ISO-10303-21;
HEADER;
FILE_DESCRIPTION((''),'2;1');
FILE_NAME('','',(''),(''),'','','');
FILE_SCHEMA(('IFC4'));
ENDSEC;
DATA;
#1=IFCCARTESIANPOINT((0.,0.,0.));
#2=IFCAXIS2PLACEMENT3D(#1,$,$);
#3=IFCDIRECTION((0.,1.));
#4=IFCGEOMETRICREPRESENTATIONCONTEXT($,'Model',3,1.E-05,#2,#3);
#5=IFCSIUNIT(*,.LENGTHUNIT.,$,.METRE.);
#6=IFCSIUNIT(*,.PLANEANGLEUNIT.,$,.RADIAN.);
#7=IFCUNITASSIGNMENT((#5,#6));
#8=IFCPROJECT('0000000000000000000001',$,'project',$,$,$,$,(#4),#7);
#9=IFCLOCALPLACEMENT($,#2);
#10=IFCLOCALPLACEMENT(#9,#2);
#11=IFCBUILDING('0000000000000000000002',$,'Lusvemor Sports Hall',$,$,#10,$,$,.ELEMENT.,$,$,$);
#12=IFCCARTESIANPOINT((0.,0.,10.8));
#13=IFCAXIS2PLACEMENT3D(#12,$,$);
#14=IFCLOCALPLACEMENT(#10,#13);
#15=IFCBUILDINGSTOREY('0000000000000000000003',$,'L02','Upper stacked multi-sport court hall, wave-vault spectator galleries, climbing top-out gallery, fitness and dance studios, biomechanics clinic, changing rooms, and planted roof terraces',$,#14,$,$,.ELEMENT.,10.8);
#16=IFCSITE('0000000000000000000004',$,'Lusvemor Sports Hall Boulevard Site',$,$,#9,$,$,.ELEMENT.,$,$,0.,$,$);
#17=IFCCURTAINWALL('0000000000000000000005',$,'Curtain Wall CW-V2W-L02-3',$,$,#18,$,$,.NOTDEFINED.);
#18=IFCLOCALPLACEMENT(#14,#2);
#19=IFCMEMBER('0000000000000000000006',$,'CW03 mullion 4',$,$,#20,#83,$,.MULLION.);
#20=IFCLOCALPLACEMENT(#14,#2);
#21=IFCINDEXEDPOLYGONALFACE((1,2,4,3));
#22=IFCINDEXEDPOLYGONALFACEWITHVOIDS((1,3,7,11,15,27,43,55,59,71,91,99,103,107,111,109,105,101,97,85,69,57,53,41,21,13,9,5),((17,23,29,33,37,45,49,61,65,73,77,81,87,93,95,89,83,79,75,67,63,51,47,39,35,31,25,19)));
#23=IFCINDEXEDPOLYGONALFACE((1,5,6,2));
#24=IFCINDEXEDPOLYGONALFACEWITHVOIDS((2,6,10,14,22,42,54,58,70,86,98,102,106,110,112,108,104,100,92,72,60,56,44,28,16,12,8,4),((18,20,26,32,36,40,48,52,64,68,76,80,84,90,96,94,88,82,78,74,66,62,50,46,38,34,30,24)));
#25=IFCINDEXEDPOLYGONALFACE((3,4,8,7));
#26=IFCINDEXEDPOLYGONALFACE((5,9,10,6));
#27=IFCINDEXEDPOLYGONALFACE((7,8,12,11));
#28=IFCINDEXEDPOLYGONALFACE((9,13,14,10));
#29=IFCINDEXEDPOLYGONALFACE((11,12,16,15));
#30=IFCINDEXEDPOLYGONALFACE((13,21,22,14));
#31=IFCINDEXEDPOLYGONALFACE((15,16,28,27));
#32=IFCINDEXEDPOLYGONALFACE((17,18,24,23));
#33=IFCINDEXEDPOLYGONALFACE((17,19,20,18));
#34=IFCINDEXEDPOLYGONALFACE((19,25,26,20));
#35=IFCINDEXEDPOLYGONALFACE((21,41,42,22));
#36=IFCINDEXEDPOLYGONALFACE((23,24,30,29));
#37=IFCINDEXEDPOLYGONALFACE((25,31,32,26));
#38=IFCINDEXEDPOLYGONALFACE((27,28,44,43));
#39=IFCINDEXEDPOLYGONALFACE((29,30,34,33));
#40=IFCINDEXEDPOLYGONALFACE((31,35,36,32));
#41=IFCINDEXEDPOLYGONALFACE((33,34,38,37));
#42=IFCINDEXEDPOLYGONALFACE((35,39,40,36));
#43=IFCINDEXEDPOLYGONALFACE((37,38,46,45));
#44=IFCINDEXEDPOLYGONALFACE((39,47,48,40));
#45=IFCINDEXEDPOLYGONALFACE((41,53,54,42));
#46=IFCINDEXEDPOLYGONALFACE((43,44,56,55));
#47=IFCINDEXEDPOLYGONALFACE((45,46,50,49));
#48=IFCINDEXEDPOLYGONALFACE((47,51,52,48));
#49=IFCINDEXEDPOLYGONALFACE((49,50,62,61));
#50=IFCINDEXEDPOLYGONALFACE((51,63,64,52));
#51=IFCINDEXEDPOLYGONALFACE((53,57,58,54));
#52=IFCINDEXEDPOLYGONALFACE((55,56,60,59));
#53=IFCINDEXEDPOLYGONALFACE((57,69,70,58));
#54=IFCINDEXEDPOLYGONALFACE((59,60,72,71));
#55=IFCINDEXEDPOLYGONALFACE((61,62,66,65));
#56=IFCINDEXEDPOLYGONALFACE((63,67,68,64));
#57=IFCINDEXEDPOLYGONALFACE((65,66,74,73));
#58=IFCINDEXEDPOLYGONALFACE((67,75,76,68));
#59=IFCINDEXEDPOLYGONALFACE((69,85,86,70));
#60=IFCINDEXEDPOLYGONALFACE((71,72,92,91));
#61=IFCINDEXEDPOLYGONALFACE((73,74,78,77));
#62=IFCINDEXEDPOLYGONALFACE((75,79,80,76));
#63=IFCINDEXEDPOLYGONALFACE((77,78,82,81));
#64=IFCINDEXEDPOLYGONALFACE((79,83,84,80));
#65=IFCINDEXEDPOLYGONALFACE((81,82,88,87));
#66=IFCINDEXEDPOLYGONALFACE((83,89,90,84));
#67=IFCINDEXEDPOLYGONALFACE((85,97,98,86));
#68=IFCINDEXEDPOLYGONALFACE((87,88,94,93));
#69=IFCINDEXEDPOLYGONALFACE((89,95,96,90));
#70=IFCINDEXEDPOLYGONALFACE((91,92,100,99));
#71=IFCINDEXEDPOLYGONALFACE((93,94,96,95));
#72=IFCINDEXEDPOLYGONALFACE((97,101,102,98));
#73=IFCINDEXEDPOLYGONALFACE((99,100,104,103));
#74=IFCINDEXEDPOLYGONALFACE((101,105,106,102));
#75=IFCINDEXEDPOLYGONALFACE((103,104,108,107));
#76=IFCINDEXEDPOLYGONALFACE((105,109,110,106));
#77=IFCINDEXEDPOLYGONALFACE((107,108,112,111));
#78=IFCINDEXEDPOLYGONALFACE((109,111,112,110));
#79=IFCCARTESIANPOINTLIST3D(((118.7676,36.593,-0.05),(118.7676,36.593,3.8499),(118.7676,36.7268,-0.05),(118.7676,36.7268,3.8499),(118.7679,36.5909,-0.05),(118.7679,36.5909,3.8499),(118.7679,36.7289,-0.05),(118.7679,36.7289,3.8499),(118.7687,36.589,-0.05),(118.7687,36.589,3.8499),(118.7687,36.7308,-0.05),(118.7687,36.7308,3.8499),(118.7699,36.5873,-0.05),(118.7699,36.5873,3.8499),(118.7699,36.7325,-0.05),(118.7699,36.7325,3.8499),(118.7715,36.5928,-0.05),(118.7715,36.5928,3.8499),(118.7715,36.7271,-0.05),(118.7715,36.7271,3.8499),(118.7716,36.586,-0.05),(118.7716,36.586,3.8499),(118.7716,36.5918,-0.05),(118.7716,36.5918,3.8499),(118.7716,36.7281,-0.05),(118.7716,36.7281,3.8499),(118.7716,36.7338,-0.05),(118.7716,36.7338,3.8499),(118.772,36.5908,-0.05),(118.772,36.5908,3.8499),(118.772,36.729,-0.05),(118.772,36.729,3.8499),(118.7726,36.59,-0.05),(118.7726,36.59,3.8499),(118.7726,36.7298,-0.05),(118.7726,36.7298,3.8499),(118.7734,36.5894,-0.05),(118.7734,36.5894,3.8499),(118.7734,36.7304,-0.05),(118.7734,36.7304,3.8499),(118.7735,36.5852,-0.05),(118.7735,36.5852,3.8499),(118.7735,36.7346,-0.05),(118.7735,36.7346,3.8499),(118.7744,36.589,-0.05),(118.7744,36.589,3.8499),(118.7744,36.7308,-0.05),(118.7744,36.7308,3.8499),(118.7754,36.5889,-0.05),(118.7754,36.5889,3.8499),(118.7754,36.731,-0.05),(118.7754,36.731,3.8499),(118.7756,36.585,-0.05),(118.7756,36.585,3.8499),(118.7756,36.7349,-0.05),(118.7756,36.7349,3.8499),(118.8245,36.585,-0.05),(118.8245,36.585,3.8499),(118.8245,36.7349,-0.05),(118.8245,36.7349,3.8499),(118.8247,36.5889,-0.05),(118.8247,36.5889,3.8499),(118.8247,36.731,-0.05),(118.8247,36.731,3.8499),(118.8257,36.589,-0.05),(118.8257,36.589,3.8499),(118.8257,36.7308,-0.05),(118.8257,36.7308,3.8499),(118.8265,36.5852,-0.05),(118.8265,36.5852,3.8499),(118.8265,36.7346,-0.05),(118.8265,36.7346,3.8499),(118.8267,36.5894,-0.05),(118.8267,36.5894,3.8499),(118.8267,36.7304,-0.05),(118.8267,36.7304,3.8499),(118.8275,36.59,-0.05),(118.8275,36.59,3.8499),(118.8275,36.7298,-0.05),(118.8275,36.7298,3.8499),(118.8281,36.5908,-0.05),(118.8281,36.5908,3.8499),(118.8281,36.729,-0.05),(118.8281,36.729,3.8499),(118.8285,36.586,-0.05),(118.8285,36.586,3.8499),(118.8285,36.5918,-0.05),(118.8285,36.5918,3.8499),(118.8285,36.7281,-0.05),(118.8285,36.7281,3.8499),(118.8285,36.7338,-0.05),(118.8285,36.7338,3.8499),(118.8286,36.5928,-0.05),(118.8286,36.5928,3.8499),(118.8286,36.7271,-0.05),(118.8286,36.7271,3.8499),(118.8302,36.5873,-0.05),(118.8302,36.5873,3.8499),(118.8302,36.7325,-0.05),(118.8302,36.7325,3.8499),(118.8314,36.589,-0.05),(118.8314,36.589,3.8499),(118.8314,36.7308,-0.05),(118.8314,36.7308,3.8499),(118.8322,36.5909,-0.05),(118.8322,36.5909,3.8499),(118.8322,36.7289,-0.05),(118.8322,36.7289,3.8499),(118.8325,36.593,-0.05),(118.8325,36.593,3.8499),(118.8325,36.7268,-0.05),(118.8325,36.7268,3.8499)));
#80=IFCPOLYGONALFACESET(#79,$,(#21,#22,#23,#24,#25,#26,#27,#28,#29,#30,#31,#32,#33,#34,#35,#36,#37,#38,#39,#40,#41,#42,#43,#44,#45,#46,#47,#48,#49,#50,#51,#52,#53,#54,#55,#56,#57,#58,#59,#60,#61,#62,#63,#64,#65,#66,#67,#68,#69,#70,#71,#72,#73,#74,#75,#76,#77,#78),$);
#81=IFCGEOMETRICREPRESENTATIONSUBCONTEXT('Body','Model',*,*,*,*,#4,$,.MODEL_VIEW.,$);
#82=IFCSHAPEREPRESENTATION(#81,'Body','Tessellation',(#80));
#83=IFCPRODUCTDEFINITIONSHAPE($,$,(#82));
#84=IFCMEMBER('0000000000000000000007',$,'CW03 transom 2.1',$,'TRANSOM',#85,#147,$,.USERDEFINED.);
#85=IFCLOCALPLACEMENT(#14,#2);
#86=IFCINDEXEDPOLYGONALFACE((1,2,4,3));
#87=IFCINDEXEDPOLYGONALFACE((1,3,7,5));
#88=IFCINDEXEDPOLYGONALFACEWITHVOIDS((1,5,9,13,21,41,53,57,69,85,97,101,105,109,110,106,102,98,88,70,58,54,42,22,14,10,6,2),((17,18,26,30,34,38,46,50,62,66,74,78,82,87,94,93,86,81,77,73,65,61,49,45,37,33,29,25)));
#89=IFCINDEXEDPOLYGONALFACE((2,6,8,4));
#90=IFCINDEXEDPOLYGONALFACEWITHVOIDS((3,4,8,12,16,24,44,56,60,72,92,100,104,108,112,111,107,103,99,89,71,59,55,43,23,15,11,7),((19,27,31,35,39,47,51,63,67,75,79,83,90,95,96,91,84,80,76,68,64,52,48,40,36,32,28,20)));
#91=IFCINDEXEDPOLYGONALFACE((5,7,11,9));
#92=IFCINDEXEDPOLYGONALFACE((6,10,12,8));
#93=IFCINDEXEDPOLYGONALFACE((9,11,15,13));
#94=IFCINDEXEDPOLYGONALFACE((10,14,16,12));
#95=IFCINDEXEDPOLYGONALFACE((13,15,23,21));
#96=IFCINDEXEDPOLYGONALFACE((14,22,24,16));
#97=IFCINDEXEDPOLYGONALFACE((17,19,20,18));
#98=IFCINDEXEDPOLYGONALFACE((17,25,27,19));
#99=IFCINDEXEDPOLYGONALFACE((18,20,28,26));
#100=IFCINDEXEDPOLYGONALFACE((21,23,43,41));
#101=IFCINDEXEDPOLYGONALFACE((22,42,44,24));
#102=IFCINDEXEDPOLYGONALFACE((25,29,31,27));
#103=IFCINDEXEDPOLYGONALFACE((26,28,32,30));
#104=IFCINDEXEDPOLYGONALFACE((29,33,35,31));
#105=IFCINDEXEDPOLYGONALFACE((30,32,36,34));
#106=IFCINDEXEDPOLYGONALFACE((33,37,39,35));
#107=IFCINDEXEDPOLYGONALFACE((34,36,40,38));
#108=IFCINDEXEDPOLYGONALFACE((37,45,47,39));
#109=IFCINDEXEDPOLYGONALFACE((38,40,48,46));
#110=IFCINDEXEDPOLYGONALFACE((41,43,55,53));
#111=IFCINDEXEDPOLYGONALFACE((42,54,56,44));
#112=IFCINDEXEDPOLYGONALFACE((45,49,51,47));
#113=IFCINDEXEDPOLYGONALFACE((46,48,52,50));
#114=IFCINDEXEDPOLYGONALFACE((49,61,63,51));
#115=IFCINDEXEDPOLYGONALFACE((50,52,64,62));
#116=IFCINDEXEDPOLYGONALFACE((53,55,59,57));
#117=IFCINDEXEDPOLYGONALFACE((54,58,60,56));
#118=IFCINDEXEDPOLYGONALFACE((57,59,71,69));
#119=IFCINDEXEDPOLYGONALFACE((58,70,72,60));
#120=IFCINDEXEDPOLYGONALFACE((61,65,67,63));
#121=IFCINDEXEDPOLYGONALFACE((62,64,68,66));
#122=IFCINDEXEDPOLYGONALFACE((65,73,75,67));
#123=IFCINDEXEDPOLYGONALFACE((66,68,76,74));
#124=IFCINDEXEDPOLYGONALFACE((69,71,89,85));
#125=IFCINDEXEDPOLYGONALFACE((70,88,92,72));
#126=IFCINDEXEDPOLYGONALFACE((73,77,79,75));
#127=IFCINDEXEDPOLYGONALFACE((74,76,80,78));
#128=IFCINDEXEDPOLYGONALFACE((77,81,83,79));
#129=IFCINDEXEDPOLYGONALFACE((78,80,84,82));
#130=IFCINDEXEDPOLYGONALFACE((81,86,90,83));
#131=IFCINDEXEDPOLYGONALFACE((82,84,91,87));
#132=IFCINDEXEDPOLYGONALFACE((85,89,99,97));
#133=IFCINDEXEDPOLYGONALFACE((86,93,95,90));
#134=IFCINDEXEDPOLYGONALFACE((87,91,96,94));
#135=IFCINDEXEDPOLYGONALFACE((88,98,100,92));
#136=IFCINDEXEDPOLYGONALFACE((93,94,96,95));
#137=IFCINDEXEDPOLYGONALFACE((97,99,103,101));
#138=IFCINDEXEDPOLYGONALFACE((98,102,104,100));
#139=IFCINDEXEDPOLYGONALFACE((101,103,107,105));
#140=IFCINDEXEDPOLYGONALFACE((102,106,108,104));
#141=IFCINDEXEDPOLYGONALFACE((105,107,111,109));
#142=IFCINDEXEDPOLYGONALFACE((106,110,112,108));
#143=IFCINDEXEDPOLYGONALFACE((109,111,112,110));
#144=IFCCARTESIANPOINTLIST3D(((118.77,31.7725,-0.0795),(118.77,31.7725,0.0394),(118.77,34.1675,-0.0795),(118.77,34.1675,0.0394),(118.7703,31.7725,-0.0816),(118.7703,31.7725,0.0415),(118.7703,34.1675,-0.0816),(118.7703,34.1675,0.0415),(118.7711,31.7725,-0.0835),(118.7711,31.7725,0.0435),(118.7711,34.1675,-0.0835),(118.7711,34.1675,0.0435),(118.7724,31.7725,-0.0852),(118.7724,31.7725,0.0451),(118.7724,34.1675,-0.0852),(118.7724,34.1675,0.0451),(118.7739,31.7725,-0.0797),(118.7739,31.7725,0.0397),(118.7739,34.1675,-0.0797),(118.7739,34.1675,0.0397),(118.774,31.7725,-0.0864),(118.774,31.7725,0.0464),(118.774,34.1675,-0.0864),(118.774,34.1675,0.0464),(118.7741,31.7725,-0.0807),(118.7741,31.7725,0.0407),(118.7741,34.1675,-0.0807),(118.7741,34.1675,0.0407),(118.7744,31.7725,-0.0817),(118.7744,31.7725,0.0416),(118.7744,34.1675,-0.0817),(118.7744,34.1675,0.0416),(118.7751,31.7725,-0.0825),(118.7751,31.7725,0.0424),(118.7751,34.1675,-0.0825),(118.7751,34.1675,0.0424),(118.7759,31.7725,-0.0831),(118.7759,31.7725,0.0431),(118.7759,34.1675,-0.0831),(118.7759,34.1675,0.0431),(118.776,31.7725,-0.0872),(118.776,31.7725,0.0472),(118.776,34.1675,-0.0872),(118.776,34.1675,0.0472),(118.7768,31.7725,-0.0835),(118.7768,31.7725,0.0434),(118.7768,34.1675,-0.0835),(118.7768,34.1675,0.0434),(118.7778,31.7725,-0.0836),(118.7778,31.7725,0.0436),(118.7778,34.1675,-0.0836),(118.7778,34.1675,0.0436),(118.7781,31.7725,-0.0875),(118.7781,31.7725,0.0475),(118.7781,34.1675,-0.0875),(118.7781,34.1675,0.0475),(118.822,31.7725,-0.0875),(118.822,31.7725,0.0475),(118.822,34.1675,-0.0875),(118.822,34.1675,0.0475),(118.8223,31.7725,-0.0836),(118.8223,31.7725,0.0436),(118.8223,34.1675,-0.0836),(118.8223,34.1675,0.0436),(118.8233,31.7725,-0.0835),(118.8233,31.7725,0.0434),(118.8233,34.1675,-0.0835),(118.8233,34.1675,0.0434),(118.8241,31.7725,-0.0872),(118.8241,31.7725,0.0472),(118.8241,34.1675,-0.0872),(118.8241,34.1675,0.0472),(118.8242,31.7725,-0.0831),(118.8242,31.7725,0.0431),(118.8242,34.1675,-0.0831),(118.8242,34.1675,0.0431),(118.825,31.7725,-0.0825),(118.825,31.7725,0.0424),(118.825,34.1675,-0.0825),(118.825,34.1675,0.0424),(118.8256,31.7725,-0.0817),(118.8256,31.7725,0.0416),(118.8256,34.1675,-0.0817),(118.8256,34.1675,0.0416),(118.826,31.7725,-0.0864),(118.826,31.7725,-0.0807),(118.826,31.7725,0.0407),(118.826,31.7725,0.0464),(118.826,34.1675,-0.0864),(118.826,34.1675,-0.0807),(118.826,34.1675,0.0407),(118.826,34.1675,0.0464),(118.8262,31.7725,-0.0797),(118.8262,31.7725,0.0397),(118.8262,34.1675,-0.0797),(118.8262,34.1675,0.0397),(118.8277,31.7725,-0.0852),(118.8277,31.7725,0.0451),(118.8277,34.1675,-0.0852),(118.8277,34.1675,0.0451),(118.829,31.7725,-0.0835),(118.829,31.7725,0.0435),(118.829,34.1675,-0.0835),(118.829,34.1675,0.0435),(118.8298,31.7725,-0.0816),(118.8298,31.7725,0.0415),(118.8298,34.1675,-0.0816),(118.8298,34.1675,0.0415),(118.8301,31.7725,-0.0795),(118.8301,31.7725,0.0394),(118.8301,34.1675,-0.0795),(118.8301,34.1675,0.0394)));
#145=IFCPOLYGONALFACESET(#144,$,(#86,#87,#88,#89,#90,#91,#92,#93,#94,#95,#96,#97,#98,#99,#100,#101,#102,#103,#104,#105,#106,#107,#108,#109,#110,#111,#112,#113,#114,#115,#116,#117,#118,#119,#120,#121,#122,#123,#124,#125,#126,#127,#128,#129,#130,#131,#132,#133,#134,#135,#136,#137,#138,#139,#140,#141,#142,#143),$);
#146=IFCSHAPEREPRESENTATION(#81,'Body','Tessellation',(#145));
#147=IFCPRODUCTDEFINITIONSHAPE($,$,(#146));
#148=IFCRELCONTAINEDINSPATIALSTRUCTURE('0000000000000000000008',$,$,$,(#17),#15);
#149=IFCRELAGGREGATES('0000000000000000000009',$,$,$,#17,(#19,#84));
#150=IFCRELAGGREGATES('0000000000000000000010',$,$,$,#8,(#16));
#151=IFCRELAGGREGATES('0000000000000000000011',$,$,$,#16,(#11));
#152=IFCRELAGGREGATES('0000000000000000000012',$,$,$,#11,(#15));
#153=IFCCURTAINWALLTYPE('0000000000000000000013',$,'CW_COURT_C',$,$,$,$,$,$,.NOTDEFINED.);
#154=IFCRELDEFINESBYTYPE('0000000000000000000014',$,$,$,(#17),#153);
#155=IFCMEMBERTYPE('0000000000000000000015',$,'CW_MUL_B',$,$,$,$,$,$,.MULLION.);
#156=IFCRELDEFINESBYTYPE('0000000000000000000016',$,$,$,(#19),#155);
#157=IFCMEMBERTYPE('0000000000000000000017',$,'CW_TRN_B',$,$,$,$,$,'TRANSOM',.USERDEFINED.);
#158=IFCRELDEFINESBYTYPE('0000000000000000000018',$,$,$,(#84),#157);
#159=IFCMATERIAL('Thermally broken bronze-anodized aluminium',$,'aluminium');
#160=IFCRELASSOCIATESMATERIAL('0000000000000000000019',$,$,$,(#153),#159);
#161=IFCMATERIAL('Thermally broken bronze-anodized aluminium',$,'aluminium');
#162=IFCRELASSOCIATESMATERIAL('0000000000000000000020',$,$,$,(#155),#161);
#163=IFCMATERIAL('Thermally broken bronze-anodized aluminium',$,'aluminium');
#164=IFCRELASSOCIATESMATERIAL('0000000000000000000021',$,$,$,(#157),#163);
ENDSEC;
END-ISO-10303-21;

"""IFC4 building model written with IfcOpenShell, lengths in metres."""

from ifc_helpers import new_model, si_unit, direction, frame, origin, origin_2d, place, context, subcontext, project, spatial, hollow_rectangle, extrude, material, material_profile, profile_set, type_object, element, aggregate, save


model = new_model("IFC4")

# Units and contexts
model_context = context("Model", 3, precision=1e-05, world=origin(), true_north=direction((0.0, 1.0)))
body_context = subcontext(model_context, "Body", "Model", "MODEL_VIEW")
ifc_project = project(units=[si_unit("LENGTHUNIT", "METRE"), si_unit("PLANEANGLEUNIT", "RADIAN")], contexts=[model_context])

# Site, building, storey
site_placement = place(None, origin())
site = spatial("IfcSite", under=ifc_project, at=site_placement, Name="Lusvemor Sports Hall Boulevard Site", CompositionType="ELEMENT", RefElevation=0.0)
building_placement = place(site_placement, origin())
building = spatial("IfcBuilding", under=site, at=building_placement, Name="Lusvemor Sports Hall", CompositionType="ELEMENT")
storey_placement = place(building_placement, frame((0.0, 0.0, 10.8)))
storey = spatial("IfcBuildingStorey", under=building, at=storey_placement, Name="L02", Description="Upper stacked multi-sport court hall, wave-vault spectator galleries, climbing top-out gallery, fitness and dance studios, biomechanics clinic, changing rooms, and planted roof terraces", CompositionType="ELEMENT", Elevation=10.8)

# Curtain wall, members
ifc_material_1 = material(Name="Thermally broken bronze-anodized aluminium", Category="aluminium")
curtain_wall_type = type_object("IfcCurtainWallType", Name="CW_COURT_C", PredefinedType="NOTDEFINED", material=ifc_material_1)
curtain_wall_placement = place(storey_placement, origin())
curtain_wall = element("IfcCurtainWall", 1, at=curtain_wall_placement, inside=storey, type_object=curtain_wall_type, Name="Curtain Wall CW-V2W-L02-3", PredefinedType="NOTDEFINED")
ifc_material_2 = material(Name="Thermally broken bronze-anodized aluminium", Category="aluminium")
ifc_material_profile_1 = material_profile(ifc_material_2, hollow_rectangle(XDim=0.0649, YDim=0.1499, WallThickness=0.0039, InnerFilletRadius=0.0039, OuterFilletRadius=0.0081, at=origin_2d()), Name="CWMUL150x65x4")
ifc_profile_set_1 = profile_set([ifc_material_profile_1], Name="Thermally broken bronze-anodized aluminium")
member_type_1 = type_object("IfcMemberType", Name="CW_MUL_B", PredefinedType="MULLION", material=ifc_profile_set_1)
member_1_placement = place(storey_placement, frame((118.8, 36.6599, -0.05), z_axis=(0.0, 0.0, 1.0), x_axis=(-1.0, 0.0, 0.0)))
member_1 = element("IfcMember", 2, at=member_1_placement, type_object=member_type_1, Name="CW03 mullion 4", PredefinedType="MULLION", context=body_context, shape_type="SweptSolid", body=[
    extrude(hollow_rectangle(XDim=0.0649, YDim=0.1499, WallThickness=0.0039, InnerFilletRadius=0.0039, OuterFilletRadius=0.0081, at=origin_2d()), origin(), (0.0, 0.0, 1.0), 3.8999),
])
ifc_material_3 = material(Name="Thermally broken bronze-anodized aluminium", Category="aluminium")
ifc_material_profile_2 = material_profile(ifc_material_3, hollow_rectangle(XDim=0.0601, YDim=0.135, WallThickness=0.0039, InnerFilletRadius=0.0039, OuterFilletRadius=0.0081, at=origin_2d()), Name="CWTRN135x60x4")
ifc_profile_set_2 = profile_set([ifc_material_profile_2], Name="Thermally broken bronze-anodized aluminium")
member_type_2 = type_object("IfcMemberType", Name="CW_TRN_B", ElementType="TRANSOM", PredefinedType="USERDEFINED", material=ifc_profile_set_2)
member_2_placement = place(storey_placement, frame((118.8, 31.7725, -0.02), z_axis=(0.0, 1.0, 0.0), x_axis=(-1.0, 0.0, 0.0)))
member_2 = element("IfcMember", 3, at=member_2_placement, type_object=member_type_2, Name="CW03 transom 2.1", ObjectType="TRANSOM", PredefinedType="USERDEFINED", context=body_context, shape_type="SweptSolid", body=[
    extrude(hollow_rectangle(XDim=0.0601, YDim=0.135, WallThickness=0.0039, InnerFilletRadius=0.0039, OuterFilletRadius=0.0081, at=origin_2d()), origin(), (0.0, 0.0, 1.0), 2.395),
])
aggregate(curtain_wall, [member_1, member_2])

save(model, "model.ifc")
